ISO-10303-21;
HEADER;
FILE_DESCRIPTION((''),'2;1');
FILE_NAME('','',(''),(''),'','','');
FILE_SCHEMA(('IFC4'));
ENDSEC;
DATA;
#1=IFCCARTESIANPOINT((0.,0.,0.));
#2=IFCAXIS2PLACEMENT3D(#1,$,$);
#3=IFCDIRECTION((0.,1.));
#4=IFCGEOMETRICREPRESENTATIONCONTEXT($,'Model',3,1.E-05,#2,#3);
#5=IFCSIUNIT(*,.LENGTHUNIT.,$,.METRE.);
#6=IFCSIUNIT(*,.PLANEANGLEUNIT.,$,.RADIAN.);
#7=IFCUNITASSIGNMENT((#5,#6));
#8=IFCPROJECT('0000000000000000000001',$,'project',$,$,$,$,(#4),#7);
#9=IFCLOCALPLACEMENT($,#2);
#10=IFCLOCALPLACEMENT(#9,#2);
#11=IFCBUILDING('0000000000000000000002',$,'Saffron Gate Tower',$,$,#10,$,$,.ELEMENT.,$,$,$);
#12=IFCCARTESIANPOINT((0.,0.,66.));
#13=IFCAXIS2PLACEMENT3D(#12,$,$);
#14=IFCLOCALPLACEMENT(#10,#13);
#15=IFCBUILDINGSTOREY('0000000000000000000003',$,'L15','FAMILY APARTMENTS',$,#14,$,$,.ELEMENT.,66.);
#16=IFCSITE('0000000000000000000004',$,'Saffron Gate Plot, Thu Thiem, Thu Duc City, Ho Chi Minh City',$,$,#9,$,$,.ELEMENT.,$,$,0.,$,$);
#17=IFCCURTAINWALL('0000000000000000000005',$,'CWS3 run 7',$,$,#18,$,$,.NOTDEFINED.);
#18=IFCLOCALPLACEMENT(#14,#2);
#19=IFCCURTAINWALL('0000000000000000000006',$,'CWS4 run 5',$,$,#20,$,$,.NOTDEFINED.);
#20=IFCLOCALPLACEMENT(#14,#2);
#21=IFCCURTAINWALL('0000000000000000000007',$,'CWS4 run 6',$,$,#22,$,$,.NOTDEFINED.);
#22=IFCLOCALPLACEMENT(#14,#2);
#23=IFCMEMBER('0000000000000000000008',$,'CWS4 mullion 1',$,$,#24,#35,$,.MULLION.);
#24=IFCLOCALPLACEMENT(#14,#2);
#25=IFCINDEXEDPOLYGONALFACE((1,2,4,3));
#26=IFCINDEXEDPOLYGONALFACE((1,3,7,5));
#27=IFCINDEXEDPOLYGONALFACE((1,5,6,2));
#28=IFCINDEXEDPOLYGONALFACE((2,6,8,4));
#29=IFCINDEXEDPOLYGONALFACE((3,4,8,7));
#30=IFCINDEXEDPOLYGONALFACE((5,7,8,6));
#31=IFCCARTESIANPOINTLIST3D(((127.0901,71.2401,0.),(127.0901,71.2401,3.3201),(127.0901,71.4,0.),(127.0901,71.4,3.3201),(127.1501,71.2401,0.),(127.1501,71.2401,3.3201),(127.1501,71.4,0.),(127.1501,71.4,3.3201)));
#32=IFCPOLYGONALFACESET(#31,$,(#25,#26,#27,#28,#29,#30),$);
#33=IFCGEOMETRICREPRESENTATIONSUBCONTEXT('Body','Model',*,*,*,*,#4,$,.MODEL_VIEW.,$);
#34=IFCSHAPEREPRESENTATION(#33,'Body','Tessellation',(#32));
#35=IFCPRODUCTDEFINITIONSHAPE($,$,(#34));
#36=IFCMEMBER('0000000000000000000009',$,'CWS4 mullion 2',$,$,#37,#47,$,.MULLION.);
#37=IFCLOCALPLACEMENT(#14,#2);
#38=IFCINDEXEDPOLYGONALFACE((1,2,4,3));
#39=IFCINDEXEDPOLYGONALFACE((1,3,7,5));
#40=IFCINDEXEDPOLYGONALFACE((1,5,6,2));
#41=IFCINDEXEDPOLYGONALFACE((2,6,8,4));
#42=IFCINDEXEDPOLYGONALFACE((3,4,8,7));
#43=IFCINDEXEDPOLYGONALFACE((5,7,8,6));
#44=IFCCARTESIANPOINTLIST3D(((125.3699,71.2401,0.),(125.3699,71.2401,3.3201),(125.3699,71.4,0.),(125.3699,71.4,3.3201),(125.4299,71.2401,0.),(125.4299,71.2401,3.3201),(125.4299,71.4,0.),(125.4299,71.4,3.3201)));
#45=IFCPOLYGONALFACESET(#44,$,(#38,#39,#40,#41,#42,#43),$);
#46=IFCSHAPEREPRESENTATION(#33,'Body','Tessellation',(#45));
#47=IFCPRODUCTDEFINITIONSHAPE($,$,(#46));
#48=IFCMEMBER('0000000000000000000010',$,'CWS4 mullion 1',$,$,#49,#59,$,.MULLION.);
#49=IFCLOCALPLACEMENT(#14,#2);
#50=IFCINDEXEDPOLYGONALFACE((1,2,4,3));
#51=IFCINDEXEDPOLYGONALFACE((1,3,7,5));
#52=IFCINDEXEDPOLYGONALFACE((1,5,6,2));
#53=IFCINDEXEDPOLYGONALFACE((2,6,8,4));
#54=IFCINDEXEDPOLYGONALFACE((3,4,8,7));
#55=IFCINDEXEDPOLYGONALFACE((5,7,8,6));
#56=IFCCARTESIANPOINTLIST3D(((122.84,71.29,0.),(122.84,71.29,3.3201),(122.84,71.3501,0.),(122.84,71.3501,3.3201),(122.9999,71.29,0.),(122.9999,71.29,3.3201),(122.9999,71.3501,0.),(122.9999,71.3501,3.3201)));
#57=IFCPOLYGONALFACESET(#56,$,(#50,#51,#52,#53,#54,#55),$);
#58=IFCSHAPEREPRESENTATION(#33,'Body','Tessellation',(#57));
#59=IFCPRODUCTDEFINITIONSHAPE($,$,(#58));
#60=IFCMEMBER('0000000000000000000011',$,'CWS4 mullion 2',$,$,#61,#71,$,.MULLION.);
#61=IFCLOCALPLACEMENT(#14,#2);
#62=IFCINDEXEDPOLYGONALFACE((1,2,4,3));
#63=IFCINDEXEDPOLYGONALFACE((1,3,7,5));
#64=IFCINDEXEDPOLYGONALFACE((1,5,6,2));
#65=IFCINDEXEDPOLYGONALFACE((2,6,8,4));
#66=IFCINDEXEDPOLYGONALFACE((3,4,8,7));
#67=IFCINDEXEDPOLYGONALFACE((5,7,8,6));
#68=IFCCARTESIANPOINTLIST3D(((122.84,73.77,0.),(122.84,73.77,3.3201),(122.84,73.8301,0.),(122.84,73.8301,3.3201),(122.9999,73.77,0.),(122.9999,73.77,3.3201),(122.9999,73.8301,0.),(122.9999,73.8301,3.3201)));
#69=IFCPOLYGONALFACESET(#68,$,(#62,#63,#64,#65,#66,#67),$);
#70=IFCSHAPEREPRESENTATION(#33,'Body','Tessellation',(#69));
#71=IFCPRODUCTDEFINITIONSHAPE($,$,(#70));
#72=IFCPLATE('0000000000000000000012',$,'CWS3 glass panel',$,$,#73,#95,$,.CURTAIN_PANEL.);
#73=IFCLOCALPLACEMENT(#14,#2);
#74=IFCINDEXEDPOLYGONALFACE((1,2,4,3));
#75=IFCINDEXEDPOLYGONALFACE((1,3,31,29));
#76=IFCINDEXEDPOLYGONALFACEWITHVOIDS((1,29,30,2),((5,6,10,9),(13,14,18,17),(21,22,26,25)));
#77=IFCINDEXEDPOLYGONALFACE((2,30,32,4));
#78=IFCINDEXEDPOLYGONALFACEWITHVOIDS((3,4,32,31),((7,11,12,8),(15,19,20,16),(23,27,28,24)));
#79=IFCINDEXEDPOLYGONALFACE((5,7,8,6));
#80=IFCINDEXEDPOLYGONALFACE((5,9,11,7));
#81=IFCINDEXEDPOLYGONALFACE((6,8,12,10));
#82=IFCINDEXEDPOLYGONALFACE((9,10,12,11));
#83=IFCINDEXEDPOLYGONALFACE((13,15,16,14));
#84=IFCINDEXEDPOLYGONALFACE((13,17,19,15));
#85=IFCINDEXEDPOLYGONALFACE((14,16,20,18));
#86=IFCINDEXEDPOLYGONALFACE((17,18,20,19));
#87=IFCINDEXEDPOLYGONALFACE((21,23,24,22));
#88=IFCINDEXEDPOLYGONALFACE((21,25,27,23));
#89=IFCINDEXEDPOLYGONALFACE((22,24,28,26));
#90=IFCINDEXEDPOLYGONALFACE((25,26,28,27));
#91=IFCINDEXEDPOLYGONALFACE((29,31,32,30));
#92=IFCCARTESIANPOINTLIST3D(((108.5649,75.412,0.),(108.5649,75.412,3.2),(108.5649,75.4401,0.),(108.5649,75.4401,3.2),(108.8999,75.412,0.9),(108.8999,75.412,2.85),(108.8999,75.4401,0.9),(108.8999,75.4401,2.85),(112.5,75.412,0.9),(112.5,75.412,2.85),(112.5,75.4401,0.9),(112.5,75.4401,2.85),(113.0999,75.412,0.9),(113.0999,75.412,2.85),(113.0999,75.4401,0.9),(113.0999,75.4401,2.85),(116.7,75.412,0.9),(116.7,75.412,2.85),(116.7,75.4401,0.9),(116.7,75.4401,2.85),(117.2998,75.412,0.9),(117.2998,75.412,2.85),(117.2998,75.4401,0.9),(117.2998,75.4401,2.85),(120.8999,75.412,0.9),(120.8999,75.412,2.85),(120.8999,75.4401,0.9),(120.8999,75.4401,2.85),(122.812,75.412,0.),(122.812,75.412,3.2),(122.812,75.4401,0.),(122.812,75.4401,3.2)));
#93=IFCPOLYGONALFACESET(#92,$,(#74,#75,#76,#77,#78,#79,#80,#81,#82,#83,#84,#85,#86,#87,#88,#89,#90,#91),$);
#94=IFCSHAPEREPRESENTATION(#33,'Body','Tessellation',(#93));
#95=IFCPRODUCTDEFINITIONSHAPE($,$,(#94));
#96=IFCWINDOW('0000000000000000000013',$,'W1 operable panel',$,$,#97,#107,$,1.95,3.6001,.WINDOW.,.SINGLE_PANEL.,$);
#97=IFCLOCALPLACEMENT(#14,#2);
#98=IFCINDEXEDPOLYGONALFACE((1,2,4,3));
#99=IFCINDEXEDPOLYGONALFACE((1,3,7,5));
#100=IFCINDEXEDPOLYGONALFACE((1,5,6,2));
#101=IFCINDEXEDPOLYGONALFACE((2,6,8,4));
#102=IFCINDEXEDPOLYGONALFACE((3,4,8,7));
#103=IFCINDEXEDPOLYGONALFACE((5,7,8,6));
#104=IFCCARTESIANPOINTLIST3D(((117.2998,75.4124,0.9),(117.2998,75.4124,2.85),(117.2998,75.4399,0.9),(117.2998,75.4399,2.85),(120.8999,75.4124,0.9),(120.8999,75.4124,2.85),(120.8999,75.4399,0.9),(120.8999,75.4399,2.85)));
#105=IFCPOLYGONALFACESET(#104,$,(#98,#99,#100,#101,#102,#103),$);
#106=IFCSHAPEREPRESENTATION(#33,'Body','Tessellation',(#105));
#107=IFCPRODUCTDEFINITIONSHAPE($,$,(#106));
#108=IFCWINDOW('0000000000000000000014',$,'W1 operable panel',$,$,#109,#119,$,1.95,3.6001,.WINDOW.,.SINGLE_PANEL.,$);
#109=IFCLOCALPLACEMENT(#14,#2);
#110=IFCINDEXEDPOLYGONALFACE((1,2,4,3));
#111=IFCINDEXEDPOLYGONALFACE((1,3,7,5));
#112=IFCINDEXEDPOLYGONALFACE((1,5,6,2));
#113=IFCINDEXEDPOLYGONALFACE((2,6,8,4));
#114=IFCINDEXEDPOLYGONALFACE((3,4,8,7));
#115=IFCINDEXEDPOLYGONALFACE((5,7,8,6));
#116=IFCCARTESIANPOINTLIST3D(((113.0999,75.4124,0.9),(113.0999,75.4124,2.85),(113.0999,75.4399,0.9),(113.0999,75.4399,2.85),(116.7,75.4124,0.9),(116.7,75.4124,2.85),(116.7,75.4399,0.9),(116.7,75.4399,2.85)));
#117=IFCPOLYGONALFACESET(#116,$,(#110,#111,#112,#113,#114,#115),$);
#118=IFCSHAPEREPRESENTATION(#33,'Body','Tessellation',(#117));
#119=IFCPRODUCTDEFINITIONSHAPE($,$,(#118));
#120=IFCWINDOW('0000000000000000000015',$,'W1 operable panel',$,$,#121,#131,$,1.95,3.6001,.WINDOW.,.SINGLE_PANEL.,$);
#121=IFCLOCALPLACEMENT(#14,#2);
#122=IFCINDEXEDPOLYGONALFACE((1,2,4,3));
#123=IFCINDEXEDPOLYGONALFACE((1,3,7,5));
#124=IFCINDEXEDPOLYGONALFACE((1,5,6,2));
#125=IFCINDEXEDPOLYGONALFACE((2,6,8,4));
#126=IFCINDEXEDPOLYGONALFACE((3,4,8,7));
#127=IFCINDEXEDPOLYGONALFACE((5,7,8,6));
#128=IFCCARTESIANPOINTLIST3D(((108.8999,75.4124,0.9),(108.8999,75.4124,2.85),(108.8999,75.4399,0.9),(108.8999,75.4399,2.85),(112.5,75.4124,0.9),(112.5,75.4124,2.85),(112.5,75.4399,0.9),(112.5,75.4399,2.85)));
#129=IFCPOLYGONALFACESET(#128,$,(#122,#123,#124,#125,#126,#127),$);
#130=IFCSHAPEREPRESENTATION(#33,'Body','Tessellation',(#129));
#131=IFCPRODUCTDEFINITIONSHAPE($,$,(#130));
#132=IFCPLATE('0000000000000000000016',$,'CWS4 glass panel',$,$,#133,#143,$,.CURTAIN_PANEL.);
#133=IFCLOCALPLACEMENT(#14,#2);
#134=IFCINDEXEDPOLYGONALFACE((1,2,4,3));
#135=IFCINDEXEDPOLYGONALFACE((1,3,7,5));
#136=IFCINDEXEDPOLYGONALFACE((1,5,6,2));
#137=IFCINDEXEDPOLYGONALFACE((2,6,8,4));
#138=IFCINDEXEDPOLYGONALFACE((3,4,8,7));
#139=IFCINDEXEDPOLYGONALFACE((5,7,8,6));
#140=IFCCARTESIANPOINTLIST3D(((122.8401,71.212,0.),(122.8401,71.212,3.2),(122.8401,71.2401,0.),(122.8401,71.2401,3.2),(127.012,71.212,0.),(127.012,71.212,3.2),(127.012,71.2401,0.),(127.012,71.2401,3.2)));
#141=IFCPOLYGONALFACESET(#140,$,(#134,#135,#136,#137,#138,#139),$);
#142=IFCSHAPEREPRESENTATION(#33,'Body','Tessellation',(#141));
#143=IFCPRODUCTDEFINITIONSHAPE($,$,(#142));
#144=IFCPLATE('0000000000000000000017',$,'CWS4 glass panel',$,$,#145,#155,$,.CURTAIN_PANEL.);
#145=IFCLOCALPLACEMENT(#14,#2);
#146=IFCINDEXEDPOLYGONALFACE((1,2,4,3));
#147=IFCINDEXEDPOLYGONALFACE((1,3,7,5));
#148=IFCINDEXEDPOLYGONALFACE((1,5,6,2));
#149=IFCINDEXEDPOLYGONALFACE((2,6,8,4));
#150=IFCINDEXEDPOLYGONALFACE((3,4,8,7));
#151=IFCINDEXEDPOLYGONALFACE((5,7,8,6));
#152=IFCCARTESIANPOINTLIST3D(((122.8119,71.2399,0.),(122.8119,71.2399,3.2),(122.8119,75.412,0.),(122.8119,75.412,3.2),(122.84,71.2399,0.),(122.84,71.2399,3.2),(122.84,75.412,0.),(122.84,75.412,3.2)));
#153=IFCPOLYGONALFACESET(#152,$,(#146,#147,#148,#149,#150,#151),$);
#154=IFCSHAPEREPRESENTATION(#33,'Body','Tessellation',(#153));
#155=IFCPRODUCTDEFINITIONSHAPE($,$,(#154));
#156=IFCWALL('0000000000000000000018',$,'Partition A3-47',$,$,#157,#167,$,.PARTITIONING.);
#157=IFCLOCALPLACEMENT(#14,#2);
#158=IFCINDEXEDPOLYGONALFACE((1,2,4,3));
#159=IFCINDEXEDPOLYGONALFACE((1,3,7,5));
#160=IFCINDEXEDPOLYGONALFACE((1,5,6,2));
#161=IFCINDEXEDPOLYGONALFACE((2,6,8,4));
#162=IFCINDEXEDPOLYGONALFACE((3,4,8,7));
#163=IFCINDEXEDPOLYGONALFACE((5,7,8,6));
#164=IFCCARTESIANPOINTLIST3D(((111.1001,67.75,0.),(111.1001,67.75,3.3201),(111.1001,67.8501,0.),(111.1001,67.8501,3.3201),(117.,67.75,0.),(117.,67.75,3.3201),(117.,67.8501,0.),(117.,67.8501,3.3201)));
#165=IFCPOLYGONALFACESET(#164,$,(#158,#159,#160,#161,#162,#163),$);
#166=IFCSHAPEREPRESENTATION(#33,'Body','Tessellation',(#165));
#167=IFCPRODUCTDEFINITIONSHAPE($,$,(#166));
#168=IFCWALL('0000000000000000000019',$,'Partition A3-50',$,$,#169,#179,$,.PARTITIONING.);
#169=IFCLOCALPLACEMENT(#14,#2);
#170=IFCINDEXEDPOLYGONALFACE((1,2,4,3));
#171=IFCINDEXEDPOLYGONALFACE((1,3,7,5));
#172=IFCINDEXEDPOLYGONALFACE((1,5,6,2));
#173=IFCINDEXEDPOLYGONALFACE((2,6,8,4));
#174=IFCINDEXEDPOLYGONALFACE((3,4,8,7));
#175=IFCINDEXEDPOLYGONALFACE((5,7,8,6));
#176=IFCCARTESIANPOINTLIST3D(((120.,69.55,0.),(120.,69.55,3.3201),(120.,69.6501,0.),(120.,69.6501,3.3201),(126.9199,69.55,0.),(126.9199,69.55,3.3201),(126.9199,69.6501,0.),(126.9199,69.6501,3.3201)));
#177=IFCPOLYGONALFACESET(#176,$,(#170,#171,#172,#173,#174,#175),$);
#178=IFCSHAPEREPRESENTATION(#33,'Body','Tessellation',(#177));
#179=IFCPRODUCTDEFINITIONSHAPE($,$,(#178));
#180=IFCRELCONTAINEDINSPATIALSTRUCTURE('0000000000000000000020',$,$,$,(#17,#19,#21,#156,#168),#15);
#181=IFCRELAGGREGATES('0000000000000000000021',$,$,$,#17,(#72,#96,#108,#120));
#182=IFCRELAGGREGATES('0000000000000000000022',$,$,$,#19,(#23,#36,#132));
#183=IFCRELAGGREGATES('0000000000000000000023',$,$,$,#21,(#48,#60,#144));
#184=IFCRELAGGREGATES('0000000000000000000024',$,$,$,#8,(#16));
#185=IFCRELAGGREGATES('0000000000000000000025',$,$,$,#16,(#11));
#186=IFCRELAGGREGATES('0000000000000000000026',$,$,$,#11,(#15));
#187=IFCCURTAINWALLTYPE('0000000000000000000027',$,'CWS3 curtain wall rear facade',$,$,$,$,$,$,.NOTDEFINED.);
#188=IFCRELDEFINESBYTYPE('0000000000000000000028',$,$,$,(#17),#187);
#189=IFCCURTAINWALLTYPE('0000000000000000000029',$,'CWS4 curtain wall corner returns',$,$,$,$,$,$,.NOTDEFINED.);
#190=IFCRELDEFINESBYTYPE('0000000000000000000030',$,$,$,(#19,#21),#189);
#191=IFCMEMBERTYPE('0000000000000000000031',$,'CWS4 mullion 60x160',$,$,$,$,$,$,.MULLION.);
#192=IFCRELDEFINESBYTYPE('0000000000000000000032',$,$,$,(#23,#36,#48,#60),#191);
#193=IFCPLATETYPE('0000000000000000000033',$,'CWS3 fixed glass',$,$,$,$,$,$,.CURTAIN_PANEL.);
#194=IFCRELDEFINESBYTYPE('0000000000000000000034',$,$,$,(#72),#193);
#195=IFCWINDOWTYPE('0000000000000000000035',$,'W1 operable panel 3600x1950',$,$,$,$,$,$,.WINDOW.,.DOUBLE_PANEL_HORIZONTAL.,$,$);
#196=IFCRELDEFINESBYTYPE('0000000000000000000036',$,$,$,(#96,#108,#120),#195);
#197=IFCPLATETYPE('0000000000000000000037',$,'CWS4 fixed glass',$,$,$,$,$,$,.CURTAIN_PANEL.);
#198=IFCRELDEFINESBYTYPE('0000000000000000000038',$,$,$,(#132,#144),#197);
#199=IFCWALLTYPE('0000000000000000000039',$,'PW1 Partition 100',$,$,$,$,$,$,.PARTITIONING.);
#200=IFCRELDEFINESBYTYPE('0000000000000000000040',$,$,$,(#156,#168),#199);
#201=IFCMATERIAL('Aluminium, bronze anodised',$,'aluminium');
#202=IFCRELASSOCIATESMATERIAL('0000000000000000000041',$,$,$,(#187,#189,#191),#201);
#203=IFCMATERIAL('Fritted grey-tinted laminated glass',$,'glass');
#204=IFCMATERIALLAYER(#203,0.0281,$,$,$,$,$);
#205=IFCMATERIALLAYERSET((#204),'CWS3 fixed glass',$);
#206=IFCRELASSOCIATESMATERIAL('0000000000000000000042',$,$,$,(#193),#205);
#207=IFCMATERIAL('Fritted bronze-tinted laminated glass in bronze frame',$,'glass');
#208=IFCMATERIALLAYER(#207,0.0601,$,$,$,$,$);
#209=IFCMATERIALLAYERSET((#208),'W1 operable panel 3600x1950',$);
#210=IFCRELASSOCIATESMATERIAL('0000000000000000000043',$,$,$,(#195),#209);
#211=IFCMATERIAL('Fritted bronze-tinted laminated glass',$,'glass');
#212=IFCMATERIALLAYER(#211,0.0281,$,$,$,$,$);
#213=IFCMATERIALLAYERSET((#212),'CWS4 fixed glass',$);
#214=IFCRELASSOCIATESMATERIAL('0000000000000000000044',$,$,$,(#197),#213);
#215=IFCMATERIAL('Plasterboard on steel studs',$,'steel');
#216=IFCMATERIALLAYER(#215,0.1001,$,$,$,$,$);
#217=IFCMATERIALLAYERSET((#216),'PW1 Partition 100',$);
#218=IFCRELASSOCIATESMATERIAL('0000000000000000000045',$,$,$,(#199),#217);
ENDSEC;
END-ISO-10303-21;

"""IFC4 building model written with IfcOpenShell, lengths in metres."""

from ifc_helpers import new_model, si_unit, direction, frame, frame_2d, origin, origin_2d, place, context, subcontext, project, spatial, rectangle, extrude, material, layer, layer_set, material_profile, profile_set, type_object, element, fill, aggregate, save


model = new_model("IFC4")

# Units and contexts
model_context = context("Model", 3, precision=1e-05, world=origin(), true_north=direction((0.0, 1.0)))
body_context = subcontext(model_context, "Body", "Model", "MODEL_VIEW")
ifc_project = project(units=[si_unit("LENGTHUNIT", "METRE"), si_unit("PLANEANGLEUNIT", "RADIAN")], contexts=[model_context])

# Site, building, storey
site_placement = place(None, origin())
site = spatial("IfcSite", under=ifc_project, at=site_placement, Name="Saffron Gate Plot, Thu Thiem, Thu Duc City, Ho Chi Minh City", CompositionType="ELEMENT", RefElevation=0.0)
building_placement = place(site_placement, origin())
building = spatial("IfcBuilding", under=site, at=building_placement, Name="Saffron Gate Tower", CompositionType="ELEMENT")
storey_placement = place(building_placement, frame((0.0, 0.0, 66.0)))
storey = spatial("IfcBuildingStorey", under=building, at=storey_placement, Name="L15", Description="FAMILY APARTMENTS", CompositionType="ELEMENT", Elevation=66.0)

# Shared definitions
ifc_material_1 = material(Name="Aluminium, bronze anodised", Category="aluminium")

# Curtain wall
curtain_wall_type_1 = type_object("IfcCurtainWallType", Name="CWS3 curtain wall rear facade", PredefinedType="NOTDEFINED", material=ifc_material_1)
curtain_wall_1_placement = place(storey_placement, origin())
curtain_wall_1 = element("IfcCurtainWall", 1, at=curtain_wall_1_placement, inside=storey, type_object=curtain_wall_type_1, Name="CWS3 run 7", PredefinedType="NOTDEFINED")

# Curtain walls
curtain_wall_type_2 = type_object("IfcCurtainWallType", Name="CWS4 curtain wall corner returns", PredefinedType="NOTDEFINED", material=ifc_material_1)
curtain_wall_2_placement = place(storey_placement, origin())
curtain_wall_2 = element("IfcCurtainWall", 2, at=curtain_wall_2_placement, inside=storey, type_object=curtain_wall_type_2, Name="CWS4 run 5", PredefinedType="NOTDEFINED")
curtain_wall_3_placement = place(storey_placement, origin())
curtain_wall_3 = element("IfcCurtainWall", 3, at=curtain_wall_3_placement, inside=storey, type_object=curtain_wall_type_2, Name="CWS4 run 6", PredefinedType="NOTDEFINED")

# Members
ifc_material_profile_1 = material_profile(ifc_material_1, rectangle(XDim=0.1599, YDim=0.0601, at=origin_2d()))
ifc_profile_set_1 = profile_set([ifc_material_profile_1], Name="Aluminium, bronze anodised")
member_type_1 = type_object("IfcMemberType", Name="CWS4 mullion 60x160", PredefinedType="MULLION", material=ifc_profile_set_1)
member_1_placement = place(storey_placement, frame((127.1201, 71.3201, 0.0), z_axis=(0.0, 0.0, 1.0), x_axis=(0.0, -1.0, 0.0)))
member_1 = element("IfcMember", 4, at=member_1_placement, type_object=member_type_1, Name="CWS4 mullion 1", PredefinedType="MULLION", context=body_context, shape_type="SweptSolid", body=[
    extrude(rectangle(XDim=0.1599, YDim=0.0601, at=origin_2d()), origin(), (0.0, 0.0, 1.0), 3.3201),
])
member_2_placement = place(storey_placement, frame((125.3999, 71.3201, 0.0), z_axis=(0.0, 0.0, 1.0), x_axis=(0.0, -1.0, 0.0)))
member_2 = element("IfcMember", 5, at=member_2_placement, type_object=member_type_1, Name="CWS4 mullion 2", PredefinedType="MULLION", context=body_context, shape_type="SweptSolid", body=[
    extrude(rectangle(XDim=0.1599, YDim=0.0601, at=origin_2d()), origin(), (0.0, 0.0, 1.0), 3.3201),
])
member_3_placement = place(storey_placement, frame((122.9199, 71.3201, 0.0), z_axis=(0.0, 0.0, 1.0), x_axis=(-1.0, 0.0, 0.0)))
member_3 = element("IfcMember", 6, at=member_3_placement, type_object=member_type_1, Name="CWS4 mullion 1", PredefinedType="MULLION", context=body_context, shape_type="SweptSolid", body=[
    extrude(rectangle(XDim=0.1599, YDim=0.0601, at=origin_2d()), origin(), (0.0, 0.0, 1.0), 3.3201),
])
member_4_placement = place(storey_placement, frame((122.9199, 73.8, 0.0), z_axis=(0.0, 0.0, 1.0), x_axis=(-1.0, 0.0, 0.0)))
member_4 = element("IfcMember", 7, at=member_4_placement, type_object=member_type_1, Name="CWS4 mullion 2", PredefinedType="MULLION", context=body_context, shape_type="SweptSolid", body=[
    extrude(rectangle(XDim=0.1599, YDim=0.0601, at=origin_2d()), origin(), (0.0, 0.0, 1.0), 3.3201),
])

# Plate, openings, windows
ifc_material_2 = material(Name="Fritted grey-tinted laminated glass", Category="glass")
ifc_layer_1 = layer(ifc_material_2, 0.0281)
ifc_layer_set_1 = layer_set([ifc_layer_1], Name="CWS3 fixed glass")
plate_type_1 = type_object("IfcPlateType", Name="CWS3 fixed glass", PredefinedType="CURTAIN_PANEL", material=ifc_layer_set_1)
plate_1_placement = place(storey_placement, frame((122.812, 75.426, 0.0), z_axis=(0.0, 0.0, 1.0), x_axis=(-1.0, 0.0, 0.0)))
plate_1 = element("IfcPlate", 8, at=plate_1_placement, type_object=plate_type_1, Name="CWS3 glass panel", PredefinedType="CURTAIN_PANEL", context=body_context, shape_type="SweptSolid", body=[
    extrude(rectangle(XDim=14.2471, YDim=0.0281, at=frame_2d((7.1235, 0.0))), origin(), (0.0, 0.0, 1.0), 3.2),
])
opening_1_placement = place(plate_1_placement, frame((1.9121, 0.0, 0.8999)))
opening_1 = element("IfcOpeningElement", 9, at=opening_1_placement, cuts=plate_1, PredefinedType="OPENING", context=body_context, shape_type="SweptSolid", body=[
    extrude(rectangle(XDim=3.6001, YDim=1.95, at=frame_2d((1.8, 0.9751))), frame((0.0, 0.0239, 0.0), z_axis=(0.0, -1.0, 0.0), x_axis=(1.0, 0.0, 0.0)), (0.0, 0.0, 1.0), 0.0481),
])
opening_2_placement = place(plate_1_placement, frame((6.1121, 0.0, 0.8999)))
opening_2 = element("IfcOpeningElement", 10, at=opening_2_placement, cuts=plate_1, PredefinedType="OPENING", context=body_context, shape_type="SweptSolid", body=[
    extrude(rectangle(XDim=3.6001, YDim=1.95, at=frame_2d((1.8, 0.9751))), frame((0.0, 0.0239, 0.0), z_axis=(0.0, -1.0, 0.0), x_axis=(1.0, 0.0, 0.0)), (0.0, 0.0, 1.0), 0.0481),
])
opening_3_placement = place(plate_1_placement, frame((10.312, 0.0, 0.8999)))
opening_3 = element("IfcOpeningElement", 11, at=opening_3_placement, cuts=plate_1, PredefinedType="OPENING", context=body_context, shape_type="SweptSolid", body=[
    extrude(rectangle(XDim=3.6001, YDim=1.95, at=frame_2d((1.8, 0.9751))), frame((0.0, 0.0239, 0.0), z_axis=(0.0, -1.0, 0.0), x_axis=(1.0, 0.0, 0.0)), (0.0, 0.0, 1.0), 0.0481),
])
ifc_material_3 = material(Name="Fritted bronze-tinted laminated glass in bronze frame", Category="glass")
ifc_layer_2 = layer(ifc_material_3, 0.0601)
ifc_layer_set_2 = layer_set([ifc_layer_2], Name="W1 operable panel 3600x1950")
window_type = type_object("IfcWindowType", Name="W1 operable panel 3600x1950", PartitioningType="DOUBLE_PANEL_HORIZONTAL", PredefinedType="WINDOW", material=ifc_layer_set_2)
window_1_placement = place(opening_1_placement, origin())
window_1 = element("IfcWindow", 12, at=window_1_placement, type_object=window_type, Name="W1 operable panel", OverallHeight=1.95, OverallWidth=3.6001, PartitioningType="SINGLE_PANEL", PredefinedType="WINDOW", context=body_context, shape_type="SweptSolid", body=[
    extrude(rectangle(XDim=3.6001, YDim=1.95, at=frame_2d((1.8, 0.9751))), frame((0.0, 0.0137, 0.0), z_axis=(0.0, -1.0, 0.0), x_axis=(1.0, 0.0, 0.0)), (0.0, 0.0, 1.0), 0.0276),
])
fill(opening_1, window_1)
window_2_placement = place(opening_2_placement, origin())
window_2 = element("IfcWindow", 13, at=window_2_placement, type_object=window_type, Name="W1 operable panel", OverallHeight=1.95, OverallWidth=3.6001, PartitioningType="SINGLE_PANEL", PredefinedType="WINDOW", context=body_context, shape_type="SweptSolid", body=[
    extrude(rectangle(XDim=3.6001, YDim=1.95, at=frame_2d((1.8, 0.9751))), frame((0.0, 0.0137, 0.0), z_axis=(0.0, -1.0, 0.0), x_axis=(1.0, 0.0, 0.0)), (0.0, 0.0, 1.0), 0.0276),
])
fill(opening_2, window_2)
window_3_placement = place(opening_3_placement, origin())
window_3 = element("IfcWindow", 14, at=window_3_placement, type_object=window_type, Name="W1 operable panel", OverallHeight=1.95, OverallWidth=3.6001, PartitioningType="SINGLE_PANEL", PredefinedType="WINDOW", context=body_context, shape_type="SweptSolid", body=[
    extrude(rectangle(XDim=3.6001, YDim=1.95, at=frame_2d((1.8, 0.9751))), frame((0.0, 0.0137, 0.0), z_axis=(0.0, -1.0, 0.0), x_axis=(1.0, 0.0, 0.0)), (0.0, 0.0, 1.0), 0.0276),
])
fill(opening_3, window_3)
aggregate(curtain_wall_1, [plate_1, window_1, window_2, window_3])

# Plates
ifc_material_4 = material(Name="Fritted bronze-tinted laminated glass", Category="glass")
ifc_layer_3 = layer(ifc_material_4, 0.0281)
ifc_layer_set_3 = layer_set([ifc_layer_3], Name="CWS4 fixed glass")
plate_type_2 = type_object("IfcPlateType", Name="CWS4 fixed glass", PredefinedType="CURTAIN_PANEL", material=ifc_layer_set_3)
plate_2_placement = place(storey_placement, frame((127.012, 71.2261, 0.0), z_axis=(0.0, 0.0, 1.0), x_axis=(-1.0, 0.0, 0.0)))
plate_2 = element("IfcPlate", 15, at=plate_2_placement, type_object=plate_type_2, Name="CWS4 glass panel", PredefinedType="CURTAIN_PANEL", context=body_context, shape_type="SweptSolid", body=[
    extrude(rectangle(XDim=4.1719, YDim=0.0281, at=frame_2d((2.0859, 0.0))), origin(), (0.0, 0.0, 1.0), 3.2),
])
aggregate(curtain_wall_2, [member_1, member_2, plate_2])
plate_3_placement = place(storey_placement, frame((122.8259, 71.24, 0.0), z_axis=(0.0, 0.0, 1.0), x_axis=(0.0, 1.0, 0.0)))
plate_3 = element("IfcPlate", 16, at=plate_3_placement, type_object=plate_type_2, Name="CWS4 glass panel", PredefinedType="CURTAIN_PANEL", context=body_context, shape_type="SweptSolid", body=[
    extrude(rectangle(XDim=4.1721, YDim=0.0281, at=frame_2d((2.0859, 0.0))), origin(), (0.0, 0.0, 1.0), 3.2),
])
aggregate(curtain_wall_3, [member_3, member_4, plate_3])

# Walls
ifc_material_5 = material(Name="Plasterboard on steel studs", Category="steel")
ifc_layer_4 = layer(ifc_material_5, 0.1001)
ifc_layer_set_4 = layer_set([ifc_layer_4], Name="PW1 Partition 100")
wall_type_1 = type_object("IfcWallType", Name="PW1 Partition 100", PredefinedType="PARTITIONING", material=ifc_layer_set_4)
wall_1_placement = place(storey_placement, frame((111.1001, 67.8, 0.0), z_axis=(0.0, 0.0, 1.0), x_axis=(1.0, 0.0, 0.0)))
element("IfcWall", 17, at=wall_1_placement, inside=storey, type_object=wall_type_1, Name="Partition A3-47", PredefinedType="PARTITIONING", context=body_context, shape_type="SweptSolid", body=[
    extrude(rectangle(XDim=5.8999, YDim=0.1001, at=frame_2d((2.95, 0.0))), origin(), (0.0, 0.0, 1.0), 3.3201),
])
wall_2_placement = place(storey_placement, frame((120.0, 69.6001, 0.0), z_axis=(0.0, 0.0, 1.0), x_axis=(1.0, 0.0, 0.0)))
element("IfcWall", 18, at=wall_2_placement, inside=storey, type_object=wall_type_1, Name="Partition A3-50", PredefinedType="PARTITIONING", context=body_context, shape_type="SweptSolid", body=[
    extrude(rectangle(XDim=6.9199, YDim=0.1001, at=frame_2d((3.46, 0.0))), origin(), (0.0, 0.0, 1.0), 3.3201),
])

save(model, "model.ifc")
